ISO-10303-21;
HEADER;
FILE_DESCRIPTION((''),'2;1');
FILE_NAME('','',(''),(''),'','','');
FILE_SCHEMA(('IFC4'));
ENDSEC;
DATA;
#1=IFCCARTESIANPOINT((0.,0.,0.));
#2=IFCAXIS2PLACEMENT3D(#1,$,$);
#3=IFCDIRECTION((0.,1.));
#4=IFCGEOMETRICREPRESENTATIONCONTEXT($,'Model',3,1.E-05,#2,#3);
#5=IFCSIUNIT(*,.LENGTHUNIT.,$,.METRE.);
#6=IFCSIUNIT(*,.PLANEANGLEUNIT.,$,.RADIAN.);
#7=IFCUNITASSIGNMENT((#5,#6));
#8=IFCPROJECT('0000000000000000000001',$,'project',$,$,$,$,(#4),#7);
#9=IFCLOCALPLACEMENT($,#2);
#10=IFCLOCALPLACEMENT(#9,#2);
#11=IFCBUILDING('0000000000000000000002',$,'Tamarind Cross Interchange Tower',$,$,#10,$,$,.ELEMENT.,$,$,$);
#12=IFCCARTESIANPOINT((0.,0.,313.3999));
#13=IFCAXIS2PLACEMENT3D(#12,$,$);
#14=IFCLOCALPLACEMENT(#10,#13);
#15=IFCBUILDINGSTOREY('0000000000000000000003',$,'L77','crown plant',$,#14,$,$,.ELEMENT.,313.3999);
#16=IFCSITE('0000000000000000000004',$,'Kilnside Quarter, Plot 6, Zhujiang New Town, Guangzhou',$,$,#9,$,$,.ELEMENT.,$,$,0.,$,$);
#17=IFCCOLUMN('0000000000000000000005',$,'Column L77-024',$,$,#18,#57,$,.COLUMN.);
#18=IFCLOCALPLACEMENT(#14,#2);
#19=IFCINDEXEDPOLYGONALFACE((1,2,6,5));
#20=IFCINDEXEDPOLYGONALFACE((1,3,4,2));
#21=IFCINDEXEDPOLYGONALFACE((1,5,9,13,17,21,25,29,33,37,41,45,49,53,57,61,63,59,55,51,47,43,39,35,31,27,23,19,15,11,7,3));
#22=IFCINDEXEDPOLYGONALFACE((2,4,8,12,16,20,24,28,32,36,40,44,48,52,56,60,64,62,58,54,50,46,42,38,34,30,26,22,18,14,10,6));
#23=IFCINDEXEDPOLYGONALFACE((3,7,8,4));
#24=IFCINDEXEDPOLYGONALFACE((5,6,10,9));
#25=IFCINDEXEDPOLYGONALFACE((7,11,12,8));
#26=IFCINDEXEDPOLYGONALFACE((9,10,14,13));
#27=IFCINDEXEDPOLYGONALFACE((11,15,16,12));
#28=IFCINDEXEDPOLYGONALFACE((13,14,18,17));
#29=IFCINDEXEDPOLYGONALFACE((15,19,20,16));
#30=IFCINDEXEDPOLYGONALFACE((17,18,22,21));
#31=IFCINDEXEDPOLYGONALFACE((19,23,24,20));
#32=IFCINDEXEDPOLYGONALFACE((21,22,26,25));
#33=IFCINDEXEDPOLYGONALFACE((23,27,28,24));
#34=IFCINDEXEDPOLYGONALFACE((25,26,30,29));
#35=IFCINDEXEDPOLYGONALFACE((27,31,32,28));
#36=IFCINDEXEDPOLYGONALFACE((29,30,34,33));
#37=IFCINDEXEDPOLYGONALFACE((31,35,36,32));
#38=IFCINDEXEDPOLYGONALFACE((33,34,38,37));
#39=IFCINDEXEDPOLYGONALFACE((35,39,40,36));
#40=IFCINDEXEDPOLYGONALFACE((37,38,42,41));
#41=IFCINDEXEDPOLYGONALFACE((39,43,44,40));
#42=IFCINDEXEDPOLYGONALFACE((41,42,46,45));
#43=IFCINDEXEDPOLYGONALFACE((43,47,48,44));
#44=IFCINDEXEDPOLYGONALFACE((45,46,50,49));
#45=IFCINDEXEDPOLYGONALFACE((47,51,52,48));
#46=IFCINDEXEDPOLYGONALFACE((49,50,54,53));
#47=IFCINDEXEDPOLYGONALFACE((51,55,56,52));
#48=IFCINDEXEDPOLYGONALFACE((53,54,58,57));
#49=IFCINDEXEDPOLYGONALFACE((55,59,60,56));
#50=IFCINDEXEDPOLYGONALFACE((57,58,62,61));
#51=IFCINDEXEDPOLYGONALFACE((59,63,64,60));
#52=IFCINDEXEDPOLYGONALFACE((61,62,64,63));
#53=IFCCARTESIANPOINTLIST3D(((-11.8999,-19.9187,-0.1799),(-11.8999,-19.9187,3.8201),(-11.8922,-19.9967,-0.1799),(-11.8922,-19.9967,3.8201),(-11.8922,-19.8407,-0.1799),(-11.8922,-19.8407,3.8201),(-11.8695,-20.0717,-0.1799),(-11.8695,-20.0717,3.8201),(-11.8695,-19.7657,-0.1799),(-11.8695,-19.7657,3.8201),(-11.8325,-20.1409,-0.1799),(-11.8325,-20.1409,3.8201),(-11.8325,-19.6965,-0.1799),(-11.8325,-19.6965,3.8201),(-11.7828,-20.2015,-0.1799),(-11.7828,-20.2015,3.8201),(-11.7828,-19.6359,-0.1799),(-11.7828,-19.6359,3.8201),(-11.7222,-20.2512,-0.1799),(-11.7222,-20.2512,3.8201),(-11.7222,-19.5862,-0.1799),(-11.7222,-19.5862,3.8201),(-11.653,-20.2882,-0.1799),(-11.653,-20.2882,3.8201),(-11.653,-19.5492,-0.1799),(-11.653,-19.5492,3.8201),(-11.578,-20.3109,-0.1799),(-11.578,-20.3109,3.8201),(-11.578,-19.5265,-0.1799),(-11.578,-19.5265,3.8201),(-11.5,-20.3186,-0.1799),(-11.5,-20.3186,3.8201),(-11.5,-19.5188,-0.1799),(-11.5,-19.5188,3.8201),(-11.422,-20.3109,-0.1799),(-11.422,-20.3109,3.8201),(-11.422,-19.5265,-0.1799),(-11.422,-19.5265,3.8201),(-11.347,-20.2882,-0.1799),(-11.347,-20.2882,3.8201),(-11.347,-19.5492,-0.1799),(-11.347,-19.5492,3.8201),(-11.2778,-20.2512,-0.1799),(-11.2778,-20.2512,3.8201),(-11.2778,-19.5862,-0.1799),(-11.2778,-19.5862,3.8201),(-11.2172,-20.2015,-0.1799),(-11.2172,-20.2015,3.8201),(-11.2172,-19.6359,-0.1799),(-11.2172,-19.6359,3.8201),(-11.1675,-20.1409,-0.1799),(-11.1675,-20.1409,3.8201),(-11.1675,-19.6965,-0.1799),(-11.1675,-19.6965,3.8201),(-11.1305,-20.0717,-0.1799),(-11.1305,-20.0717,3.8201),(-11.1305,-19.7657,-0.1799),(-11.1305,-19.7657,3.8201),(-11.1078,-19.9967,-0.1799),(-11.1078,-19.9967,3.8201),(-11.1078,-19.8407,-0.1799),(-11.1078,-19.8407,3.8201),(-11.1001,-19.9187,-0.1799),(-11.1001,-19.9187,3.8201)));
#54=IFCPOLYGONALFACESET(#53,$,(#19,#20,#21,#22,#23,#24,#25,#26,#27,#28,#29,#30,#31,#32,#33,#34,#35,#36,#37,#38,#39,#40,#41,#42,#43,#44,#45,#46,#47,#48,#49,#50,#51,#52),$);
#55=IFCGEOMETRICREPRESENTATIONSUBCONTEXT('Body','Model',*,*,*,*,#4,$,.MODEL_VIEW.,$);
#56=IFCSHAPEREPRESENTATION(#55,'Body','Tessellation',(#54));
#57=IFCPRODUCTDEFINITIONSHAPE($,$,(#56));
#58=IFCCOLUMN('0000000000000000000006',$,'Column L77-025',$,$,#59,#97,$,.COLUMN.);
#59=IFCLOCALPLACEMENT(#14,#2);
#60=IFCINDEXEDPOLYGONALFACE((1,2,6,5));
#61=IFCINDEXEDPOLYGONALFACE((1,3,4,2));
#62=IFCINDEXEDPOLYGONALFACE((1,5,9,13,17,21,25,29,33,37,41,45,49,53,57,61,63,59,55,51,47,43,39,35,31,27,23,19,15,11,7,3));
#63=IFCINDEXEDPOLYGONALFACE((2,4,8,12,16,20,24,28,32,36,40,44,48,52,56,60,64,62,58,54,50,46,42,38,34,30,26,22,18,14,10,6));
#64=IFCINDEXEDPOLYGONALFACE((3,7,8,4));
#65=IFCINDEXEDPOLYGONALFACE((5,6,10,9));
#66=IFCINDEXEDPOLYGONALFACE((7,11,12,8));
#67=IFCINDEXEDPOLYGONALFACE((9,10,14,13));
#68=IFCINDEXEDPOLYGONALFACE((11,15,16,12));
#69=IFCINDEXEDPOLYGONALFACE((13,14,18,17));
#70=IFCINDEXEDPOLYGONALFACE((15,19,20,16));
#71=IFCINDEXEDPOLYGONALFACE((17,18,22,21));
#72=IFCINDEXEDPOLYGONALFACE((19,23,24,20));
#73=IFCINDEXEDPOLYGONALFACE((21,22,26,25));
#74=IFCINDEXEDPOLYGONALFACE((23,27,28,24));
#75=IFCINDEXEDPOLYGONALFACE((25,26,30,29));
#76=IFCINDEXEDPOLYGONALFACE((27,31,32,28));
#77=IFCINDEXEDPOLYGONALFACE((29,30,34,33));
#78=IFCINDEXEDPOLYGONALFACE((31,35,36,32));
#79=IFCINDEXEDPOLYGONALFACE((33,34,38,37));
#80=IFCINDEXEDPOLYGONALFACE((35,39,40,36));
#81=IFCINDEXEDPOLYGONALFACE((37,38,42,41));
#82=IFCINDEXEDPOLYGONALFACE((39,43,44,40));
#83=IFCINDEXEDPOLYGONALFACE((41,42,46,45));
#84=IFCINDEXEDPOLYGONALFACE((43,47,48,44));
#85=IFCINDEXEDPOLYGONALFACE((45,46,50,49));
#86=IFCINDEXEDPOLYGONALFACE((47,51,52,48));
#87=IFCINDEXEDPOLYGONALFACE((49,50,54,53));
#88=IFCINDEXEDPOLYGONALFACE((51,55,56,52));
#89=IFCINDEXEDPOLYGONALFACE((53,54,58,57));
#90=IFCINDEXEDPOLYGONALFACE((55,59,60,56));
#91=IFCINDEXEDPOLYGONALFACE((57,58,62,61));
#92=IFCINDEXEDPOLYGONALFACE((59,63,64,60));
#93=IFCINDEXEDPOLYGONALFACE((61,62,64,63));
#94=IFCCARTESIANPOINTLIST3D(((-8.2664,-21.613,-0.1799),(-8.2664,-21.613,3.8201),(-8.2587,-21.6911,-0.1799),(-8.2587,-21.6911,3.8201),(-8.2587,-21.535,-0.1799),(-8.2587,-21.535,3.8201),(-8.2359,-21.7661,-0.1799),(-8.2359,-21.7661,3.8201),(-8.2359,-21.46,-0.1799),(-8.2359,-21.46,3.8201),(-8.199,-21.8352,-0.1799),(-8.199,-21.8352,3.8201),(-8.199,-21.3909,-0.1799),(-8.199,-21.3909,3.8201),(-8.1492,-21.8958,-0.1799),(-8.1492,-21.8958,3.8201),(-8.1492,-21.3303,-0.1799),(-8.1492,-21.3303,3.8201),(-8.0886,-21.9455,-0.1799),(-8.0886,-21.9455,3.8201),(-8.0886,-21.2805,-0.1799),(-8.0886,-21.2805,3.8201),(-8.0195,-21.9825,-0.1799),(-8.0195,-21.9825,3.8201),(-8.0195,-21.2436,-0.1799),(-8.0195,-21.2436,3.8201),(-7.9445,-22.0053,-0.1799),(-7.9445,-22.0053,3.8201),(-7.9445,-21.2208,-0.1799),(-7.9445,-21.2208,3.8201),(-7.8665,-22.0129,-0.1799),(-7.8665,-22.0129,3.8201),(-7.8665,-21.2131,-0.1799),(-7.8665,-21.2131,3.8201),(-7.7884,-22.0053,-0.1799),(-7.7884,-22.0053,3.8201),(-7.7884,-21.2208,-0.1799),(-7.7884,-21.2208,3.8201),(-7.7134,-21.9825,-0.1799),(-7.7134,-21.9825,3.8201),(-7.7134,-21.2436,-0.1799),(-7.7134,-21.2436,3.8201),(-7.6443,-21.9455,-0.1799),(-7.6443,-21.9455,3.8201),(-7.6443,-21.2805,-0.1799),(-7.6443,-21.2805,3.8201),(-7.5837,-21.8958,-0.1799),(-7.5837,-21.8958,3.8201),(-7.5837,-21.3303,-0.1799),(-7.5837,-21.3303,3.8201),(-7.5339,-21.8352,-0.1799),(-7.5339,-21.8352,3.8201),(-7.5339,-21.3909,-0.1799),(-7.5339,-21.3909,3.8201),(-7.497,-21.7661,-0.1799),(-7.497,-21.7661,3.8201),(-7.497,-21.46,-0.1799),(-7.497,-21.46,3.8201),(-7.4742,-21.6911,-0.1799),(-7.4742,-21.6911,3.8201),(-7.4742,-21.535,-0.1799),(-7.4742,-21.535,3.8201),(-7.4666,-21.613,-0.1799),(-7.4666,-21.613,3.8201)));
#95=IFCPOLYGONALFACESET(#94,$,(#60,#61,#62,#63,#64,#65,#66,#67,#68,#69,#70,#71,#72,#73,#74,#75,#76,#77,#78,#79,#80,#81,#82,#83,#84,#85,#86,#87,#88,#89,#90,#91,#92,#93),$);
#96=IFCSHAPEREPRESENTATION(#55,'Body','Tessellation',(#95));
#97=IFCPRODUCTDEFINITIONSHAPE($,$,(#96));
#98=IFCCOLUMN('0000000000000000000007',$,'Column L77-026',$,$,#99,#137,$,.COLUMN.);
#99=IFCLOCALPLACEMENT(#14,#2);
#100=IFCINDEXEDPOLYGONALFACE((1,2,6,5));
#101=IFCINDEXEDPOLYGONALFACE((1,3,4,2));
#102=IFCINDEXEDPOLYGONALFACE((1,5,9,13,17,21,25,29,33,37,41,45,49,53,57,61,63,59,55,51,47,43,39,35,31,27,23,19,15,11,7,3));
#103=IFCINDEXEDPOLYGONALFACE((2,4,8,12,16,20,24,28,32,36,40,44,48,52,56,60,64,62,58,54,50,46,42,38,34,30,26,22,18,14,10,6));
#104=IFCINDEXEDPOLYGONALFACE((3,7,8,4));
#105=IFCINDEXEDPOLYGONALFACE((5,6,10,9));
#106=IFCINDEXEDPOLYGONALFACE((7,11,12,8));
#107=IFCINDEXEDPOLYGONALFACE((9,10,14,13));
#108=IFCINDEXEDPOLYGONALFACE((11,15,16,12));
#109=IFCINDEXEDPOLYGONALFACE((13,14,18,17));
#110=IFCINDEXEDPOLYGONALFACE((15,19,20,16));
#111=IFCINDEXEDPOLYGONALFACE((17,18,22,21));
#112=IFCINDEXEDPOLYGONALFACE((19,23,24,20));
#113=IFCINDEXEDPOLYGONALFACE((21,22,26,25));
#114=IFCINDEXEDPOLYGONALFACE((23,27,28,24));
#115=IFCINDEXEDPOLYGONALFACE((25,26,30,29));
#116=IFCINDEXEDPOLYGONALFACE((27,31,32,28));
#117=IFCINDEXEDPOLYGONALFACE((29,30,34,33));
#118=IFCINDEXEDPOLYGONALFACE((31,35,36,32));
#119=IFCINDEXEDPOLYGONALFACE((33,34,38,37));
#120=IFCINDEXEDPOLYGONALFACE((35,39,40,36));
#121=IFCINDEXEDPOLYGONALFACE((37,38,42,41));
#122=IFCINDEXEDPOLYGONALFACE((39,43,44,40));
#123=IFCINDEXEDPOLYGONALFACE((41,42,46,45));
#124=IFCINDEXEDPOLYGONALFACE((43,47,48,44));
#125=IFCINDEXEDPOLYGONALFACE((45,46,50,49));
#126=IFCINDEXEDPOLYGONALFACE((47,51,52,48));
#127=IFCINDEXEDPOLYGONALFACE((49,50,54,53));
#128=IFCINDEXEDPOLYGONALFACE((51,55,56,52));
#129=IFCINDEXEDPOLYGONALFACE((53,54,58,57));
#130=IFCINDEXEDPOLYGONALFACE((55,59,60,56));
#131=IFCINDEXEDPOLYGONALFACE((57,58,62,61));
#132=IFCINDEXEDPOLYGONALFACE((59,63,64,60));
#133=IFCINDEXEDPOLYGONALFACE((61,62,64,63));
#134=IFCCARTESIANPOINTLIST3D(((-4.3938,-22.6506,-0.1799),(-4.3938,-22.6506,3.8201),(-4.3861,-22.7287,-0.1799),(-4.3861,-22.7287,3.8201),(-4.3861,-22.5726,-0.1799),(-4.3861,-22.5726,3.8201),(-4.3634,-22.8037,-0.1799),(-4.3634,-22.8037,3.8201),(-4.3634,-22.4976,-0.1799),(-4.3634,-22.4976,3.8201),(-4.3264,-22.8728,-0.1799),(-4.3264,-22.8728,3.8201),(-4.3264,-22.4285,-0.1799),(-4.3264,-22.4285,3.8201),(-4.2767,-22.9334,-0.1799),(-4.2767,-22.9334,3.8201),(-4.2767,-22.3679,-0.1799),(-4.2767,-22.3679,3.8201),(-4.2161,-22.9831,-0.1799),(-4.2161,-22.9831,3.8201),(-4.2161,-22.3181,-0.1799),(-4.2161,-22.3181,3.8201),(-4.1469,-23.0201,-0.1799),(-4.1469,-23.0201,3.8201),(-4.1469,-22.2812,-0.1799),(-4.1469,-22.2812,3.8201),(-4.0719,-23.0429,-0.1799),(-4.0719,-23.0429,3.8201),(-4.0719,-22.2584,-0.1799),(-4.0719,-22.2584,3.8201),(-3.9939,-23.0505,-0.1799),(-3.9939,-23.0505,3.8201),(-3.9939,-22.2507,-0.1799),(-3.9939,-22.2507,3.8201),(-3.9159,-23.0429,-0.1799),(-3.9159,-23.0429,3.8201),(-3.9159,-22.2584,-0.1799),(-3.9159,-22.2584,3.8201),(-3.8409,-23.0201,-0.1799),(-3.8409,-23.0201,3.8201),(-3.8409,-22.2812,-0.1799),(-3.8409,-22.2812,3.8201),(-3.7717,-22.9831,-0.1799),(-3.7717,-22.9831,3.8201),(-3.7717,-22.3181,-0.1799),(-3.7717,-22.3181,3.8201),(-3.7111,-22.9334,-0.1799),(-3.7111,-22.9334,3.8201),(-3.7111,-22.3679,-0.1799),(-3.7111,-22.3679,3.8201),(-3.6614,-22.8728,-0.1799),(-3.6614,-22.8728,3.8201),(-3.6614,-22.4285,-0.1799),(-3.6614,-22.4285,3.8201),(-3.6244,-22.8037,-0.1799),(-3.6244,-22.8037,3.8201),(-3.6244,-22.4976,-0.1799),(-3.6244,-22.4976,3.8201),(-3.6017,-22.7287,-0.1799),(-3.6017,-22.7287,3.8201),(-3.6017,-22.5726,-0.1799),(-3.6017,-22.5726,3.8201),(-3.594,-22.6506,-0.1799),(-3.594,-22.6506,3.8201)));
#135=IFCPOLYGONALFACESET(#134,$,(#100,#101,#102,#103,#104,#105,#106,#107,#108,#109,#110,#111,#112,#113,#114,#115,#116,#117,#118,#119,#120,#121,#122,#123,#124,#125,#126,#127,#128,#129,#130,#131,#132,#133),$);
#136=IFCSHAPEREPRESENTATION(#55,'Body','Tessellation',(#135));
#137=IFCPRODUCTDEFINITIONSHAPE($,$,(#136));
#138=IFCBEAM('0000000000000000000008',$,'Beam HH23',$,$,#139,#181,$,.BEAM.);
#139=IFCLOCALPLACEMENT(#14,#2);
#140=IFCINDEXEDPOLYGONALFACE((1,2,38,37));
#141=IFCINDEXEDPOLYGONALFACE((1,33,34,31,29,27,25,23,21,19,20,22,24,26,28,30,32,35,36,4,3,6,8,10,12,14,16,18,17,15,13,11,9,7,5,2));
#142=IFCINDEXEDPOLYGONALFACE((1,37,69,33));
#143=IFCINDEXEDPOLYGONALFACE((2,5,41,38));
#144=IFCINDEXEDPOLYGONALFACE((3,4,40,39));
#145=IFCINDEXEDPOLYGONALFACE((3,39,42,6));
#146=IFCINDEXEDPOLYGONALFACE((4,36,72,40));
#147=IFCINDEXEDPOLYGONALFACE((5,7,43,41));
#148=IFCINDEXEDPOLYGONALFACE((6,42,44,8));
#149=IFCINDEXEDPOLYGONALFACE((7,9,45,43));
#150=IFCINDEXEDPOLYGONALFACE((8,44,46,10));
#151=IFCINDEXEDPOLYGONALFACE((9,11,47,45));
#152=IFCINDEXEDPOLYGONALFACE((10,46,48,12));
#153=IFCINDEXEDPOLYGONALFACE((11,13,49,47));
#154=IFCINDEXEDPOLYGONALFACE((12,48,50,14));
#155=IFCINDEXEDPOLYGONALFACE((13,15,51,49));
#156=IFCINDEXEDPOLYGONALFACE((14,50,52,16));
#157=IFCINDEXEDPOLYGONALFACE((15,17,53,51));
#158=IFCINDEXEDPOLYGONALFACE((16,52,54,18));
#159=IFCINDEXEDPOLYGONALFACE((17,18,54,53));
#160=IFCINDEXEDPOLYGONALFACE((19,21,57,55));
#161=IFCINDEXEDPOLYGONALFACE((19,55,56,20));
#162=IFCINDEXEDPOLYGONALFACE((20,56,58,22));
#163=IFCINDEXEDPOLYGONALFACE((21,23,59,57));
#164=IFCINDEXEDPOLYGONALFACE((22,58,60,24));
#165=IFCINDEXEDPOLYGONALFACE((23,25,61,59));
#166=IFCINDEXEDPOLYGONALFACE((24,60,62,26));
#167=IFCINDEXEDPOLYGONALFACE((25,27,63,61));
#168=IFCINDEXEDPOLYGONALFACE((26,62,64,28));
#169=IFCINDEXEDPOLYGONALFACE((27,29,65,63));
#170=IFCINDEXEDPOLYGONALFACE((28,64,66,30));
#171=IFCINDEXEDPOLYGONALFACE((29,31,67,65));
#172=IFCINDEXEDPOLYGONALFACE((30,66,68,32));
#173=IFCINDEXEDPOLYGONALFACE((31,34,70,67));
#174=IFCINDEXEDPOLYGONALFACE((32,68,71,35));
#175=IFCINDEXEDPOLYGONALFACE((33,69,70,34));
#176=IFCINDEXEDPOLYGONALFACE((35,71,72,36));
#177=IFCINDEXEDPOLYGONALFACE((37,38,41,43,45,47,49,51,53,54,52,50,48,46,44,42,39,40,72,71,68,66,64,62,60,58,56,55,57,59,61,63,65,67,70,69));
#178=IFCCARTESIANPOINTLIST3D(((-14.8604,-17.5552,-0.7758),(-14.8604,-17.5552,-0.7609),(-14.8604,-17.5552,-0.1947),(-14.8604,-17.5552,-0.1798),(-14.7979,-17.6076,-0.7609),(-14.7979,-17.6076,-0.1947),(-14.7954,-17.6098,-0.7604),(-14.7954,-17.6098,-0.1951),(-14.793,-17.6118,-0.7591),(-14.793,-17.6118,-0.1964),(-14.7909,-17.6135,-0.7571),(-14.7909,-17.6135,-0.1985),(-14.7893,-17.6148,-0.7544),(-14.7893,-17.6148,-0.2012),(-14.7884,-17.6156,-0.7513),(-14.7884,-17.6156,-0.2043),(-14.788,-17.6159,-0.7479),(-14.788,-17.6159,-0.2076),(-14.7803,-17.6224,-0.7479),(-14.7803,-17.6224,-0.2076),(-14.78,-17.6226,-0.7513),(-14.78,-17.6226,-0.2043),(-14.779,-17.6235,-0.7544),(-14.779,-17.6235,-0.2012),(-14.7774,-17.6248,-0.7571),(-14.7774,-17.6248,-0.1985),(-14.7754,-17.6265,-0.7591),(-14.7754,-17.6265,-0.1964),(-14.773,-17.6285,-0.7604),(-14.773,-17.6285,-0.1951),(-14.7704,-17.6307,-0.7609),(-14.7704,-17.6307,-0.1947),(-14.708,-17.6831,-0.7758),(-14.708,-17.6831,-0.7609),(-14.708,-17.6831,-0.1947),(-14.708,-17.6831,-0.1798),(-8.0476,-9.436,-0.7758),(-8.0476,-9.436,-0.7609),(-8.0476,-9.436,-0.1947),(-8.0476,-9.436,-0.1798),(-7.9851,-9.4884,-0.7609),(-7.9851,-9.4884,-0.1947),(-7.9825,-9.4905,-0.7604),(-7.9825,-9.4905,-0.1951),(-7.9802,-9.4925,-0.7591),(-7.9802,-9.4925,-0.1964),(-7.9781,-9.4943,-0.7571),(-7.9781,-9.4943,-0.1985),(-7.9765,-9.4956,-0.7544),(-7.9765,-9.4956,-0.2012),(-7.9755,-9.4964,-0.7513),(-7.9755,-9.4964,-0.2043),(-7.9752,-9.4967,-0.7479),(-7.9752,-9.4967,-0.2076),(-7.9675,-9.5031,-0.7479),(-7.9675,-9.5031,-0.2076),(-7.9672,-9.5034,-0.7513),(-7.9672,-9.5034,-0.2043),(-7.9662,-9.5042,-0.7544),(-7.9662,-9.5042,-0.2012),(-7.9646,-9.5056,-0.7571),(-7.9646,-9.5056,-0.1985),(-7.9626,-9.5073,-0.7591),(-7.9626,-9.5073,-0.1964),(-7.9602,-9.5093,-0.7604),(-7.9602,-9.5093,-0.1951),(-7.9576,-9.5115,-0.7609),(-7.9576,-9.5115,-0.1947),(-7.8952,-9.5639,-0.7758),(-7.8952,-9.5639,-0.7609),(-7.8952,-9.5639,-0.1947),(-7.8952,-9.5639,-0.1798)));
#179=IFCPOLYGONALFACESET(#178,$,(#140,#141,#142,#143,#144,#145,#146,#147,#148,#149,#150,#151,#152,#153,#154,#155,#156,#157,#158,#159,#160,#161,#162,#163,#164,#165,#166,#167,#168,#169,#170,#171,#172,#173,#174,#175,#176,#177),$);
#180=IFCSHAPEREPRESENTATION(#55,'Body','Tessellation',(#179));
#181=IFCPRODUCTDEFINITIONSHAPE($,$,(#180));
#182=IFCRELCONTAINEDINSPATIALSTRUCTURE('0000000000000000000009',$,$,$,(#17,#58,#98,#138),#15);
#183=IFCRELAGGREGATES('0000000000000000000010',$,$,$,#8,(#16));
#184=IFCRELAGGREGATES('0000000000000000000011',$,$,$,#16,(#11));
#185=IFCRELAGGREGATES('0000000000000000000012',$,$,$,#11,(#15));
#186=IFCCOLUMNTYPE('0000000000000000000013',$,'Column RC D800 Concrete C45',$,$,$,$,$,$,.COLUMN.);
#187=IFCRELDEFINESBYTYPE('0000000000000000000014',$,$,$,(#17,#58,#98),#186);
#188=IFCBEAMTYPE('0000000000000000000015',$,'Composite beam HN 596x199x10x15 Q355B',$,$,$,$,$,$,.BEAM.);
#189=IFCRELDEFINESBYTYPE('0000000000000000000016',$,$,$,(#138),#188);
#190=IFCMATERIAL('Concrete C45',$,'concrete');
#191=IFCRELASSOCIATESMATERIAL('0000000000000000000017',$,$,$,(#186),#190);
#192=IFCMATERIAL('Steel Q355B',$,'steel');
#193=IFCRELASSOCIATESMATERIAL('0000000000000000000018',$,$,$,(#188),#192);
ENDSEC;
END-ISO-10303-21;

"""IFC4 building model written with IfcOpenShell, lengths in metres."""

from ifc_helpers import new_model, si_unit, direction, frame, origin, origin_2d, place, context, subcontext, project, spatial, circle, i_section, extrude, material, material_profile, profile_set, type_object, element, save


model = new_model("IFC4")

# Units and contexts
model_context = context("Model", 3, precision=1e-05, world=origin(), true_north=direction((0.0, 1.0)))
body_context = subcontext(model_context, "Body", "Model", "MODEL_VIEW")
ifc_project = project(units=[si_unit("LENGTHUNIT", "METRE"), si_unit("PLANEANGLEUNIT", "RADIAN")], contexts=[model_context])

# Site, building, storey
site_placement = place(None, origin())
site = spatial("IfcSite", under=ifc_project, at=site_placement, Name="Kilnside Quarter, Plot 6, Zhujiang New Town, Guangzhou", CompositionType="ELEMENT", RefElevation=0.0)
building_placement = place(site_placement, origin())
building = spatial("IfcBuilding", under=site, at=building_placement, Name="Tamarind Cross Interchange Tower", CompositionType="ELEMENT")
storey_placement = place(building_placement, frame((0.0, 0.0, 313.3999)))
storey = spatial("IfcBuildingStorey", under=building, at=storey_placement, Name="L77", Description="crown plant", CompositionType="ELEMENT", Elevation=313.3999)

# Columns
ifc_material_1 = material(Name="Concrete C45", Category="concrete")
ifc_material_profile_1 = material_profile(ifc_material_1, circle(Radius=0.3999, at=origin_2d()), Name="RC D800")
ifc_profile_set_1 = profile_set([ifc_material_profile_1], Name="Concrete C45")
column_type = type_object("IfcColumnType", Name="Column RC D800 Concrete C45", PredefinedType="COLUMN", material=ifc_profile_set_1)
for number, where, z_axis, x_axis, name in (
    (1, (-11.5, -19.9187, -0.1799), (0.0, 0.0, 1.0), (1.0, 0.0, 0.0), "Column L77-024"),
    (2, (-7.8665, -21.613, -0.1799), (0.0, 0.0, 1.0), (1.0, 0.0, 0.0), "Column L77-025"),
    (3, (-3.9939, -22.6506, -0.1799), (0.0, 0.0, 1.0), (1.0, 0.0, 0.0), "Column L77-026"),
):
    element("IfcColumn", number, at=place(storey_placement, frame(where, z_axis=z_axis, x_axis=x_axis)), inside=storey, type_object=column_type, Name=name, PredefinedType="COLUMN", context=body_context, shape_type="SweptSolid", body=[
        extrude(circle(Radius=0.3999, at=origin_2d()), origin(), (0.0, 0.0, 1.0), 4.0),
    ])

# Beam
ifc_material_2 = material(Name="Steel Q355B", Category="steel")
ifc_material_profile_2 = material_profile(ifc_material_2, i_section(OverallWidth=0.199, OverallDepth=0.5959, WebThickness=0.01, FlangeThickness=0.0149, FilletRadius=0.0129, at=origin_2d()), Name="HN 596x199x10x15")
ifc_profile_set_2 = profile_set([ifc_material_profile_2], Name="Steel Q355B")
beam_type = type_object("IfcBeamType", Name="Composite beam HN 596x199x10x15 Q355B", PredefinedType="BEAM", material=ifc_profile_set_2)
beam_1_placement = place(storey_placement, frame((-14.7842, -17.6191, -0.4778), z_axis=(0.642786, 0.766046, 0.0), x_axis=(-0.766046, 0.642786, 0.0)))
element("IfcBeam", 4, at=beam_1_placement, inside=storey, type_object=beam_type, Name="Beam HH23", PredefinedType="BEAM", context=body_context, shape_type="SweptSolid", body=[
    extrude(i_section(OverallWidth=0.199, OverallDepth=0.5959, WebThickness=0.01, FlangeThickness=0.0149, FilletRadius=0.0129, at=origin_2d()), origin(), (0.0, 0.0, 1.0), 10.5989),
])

save(model, "model.ifc")
